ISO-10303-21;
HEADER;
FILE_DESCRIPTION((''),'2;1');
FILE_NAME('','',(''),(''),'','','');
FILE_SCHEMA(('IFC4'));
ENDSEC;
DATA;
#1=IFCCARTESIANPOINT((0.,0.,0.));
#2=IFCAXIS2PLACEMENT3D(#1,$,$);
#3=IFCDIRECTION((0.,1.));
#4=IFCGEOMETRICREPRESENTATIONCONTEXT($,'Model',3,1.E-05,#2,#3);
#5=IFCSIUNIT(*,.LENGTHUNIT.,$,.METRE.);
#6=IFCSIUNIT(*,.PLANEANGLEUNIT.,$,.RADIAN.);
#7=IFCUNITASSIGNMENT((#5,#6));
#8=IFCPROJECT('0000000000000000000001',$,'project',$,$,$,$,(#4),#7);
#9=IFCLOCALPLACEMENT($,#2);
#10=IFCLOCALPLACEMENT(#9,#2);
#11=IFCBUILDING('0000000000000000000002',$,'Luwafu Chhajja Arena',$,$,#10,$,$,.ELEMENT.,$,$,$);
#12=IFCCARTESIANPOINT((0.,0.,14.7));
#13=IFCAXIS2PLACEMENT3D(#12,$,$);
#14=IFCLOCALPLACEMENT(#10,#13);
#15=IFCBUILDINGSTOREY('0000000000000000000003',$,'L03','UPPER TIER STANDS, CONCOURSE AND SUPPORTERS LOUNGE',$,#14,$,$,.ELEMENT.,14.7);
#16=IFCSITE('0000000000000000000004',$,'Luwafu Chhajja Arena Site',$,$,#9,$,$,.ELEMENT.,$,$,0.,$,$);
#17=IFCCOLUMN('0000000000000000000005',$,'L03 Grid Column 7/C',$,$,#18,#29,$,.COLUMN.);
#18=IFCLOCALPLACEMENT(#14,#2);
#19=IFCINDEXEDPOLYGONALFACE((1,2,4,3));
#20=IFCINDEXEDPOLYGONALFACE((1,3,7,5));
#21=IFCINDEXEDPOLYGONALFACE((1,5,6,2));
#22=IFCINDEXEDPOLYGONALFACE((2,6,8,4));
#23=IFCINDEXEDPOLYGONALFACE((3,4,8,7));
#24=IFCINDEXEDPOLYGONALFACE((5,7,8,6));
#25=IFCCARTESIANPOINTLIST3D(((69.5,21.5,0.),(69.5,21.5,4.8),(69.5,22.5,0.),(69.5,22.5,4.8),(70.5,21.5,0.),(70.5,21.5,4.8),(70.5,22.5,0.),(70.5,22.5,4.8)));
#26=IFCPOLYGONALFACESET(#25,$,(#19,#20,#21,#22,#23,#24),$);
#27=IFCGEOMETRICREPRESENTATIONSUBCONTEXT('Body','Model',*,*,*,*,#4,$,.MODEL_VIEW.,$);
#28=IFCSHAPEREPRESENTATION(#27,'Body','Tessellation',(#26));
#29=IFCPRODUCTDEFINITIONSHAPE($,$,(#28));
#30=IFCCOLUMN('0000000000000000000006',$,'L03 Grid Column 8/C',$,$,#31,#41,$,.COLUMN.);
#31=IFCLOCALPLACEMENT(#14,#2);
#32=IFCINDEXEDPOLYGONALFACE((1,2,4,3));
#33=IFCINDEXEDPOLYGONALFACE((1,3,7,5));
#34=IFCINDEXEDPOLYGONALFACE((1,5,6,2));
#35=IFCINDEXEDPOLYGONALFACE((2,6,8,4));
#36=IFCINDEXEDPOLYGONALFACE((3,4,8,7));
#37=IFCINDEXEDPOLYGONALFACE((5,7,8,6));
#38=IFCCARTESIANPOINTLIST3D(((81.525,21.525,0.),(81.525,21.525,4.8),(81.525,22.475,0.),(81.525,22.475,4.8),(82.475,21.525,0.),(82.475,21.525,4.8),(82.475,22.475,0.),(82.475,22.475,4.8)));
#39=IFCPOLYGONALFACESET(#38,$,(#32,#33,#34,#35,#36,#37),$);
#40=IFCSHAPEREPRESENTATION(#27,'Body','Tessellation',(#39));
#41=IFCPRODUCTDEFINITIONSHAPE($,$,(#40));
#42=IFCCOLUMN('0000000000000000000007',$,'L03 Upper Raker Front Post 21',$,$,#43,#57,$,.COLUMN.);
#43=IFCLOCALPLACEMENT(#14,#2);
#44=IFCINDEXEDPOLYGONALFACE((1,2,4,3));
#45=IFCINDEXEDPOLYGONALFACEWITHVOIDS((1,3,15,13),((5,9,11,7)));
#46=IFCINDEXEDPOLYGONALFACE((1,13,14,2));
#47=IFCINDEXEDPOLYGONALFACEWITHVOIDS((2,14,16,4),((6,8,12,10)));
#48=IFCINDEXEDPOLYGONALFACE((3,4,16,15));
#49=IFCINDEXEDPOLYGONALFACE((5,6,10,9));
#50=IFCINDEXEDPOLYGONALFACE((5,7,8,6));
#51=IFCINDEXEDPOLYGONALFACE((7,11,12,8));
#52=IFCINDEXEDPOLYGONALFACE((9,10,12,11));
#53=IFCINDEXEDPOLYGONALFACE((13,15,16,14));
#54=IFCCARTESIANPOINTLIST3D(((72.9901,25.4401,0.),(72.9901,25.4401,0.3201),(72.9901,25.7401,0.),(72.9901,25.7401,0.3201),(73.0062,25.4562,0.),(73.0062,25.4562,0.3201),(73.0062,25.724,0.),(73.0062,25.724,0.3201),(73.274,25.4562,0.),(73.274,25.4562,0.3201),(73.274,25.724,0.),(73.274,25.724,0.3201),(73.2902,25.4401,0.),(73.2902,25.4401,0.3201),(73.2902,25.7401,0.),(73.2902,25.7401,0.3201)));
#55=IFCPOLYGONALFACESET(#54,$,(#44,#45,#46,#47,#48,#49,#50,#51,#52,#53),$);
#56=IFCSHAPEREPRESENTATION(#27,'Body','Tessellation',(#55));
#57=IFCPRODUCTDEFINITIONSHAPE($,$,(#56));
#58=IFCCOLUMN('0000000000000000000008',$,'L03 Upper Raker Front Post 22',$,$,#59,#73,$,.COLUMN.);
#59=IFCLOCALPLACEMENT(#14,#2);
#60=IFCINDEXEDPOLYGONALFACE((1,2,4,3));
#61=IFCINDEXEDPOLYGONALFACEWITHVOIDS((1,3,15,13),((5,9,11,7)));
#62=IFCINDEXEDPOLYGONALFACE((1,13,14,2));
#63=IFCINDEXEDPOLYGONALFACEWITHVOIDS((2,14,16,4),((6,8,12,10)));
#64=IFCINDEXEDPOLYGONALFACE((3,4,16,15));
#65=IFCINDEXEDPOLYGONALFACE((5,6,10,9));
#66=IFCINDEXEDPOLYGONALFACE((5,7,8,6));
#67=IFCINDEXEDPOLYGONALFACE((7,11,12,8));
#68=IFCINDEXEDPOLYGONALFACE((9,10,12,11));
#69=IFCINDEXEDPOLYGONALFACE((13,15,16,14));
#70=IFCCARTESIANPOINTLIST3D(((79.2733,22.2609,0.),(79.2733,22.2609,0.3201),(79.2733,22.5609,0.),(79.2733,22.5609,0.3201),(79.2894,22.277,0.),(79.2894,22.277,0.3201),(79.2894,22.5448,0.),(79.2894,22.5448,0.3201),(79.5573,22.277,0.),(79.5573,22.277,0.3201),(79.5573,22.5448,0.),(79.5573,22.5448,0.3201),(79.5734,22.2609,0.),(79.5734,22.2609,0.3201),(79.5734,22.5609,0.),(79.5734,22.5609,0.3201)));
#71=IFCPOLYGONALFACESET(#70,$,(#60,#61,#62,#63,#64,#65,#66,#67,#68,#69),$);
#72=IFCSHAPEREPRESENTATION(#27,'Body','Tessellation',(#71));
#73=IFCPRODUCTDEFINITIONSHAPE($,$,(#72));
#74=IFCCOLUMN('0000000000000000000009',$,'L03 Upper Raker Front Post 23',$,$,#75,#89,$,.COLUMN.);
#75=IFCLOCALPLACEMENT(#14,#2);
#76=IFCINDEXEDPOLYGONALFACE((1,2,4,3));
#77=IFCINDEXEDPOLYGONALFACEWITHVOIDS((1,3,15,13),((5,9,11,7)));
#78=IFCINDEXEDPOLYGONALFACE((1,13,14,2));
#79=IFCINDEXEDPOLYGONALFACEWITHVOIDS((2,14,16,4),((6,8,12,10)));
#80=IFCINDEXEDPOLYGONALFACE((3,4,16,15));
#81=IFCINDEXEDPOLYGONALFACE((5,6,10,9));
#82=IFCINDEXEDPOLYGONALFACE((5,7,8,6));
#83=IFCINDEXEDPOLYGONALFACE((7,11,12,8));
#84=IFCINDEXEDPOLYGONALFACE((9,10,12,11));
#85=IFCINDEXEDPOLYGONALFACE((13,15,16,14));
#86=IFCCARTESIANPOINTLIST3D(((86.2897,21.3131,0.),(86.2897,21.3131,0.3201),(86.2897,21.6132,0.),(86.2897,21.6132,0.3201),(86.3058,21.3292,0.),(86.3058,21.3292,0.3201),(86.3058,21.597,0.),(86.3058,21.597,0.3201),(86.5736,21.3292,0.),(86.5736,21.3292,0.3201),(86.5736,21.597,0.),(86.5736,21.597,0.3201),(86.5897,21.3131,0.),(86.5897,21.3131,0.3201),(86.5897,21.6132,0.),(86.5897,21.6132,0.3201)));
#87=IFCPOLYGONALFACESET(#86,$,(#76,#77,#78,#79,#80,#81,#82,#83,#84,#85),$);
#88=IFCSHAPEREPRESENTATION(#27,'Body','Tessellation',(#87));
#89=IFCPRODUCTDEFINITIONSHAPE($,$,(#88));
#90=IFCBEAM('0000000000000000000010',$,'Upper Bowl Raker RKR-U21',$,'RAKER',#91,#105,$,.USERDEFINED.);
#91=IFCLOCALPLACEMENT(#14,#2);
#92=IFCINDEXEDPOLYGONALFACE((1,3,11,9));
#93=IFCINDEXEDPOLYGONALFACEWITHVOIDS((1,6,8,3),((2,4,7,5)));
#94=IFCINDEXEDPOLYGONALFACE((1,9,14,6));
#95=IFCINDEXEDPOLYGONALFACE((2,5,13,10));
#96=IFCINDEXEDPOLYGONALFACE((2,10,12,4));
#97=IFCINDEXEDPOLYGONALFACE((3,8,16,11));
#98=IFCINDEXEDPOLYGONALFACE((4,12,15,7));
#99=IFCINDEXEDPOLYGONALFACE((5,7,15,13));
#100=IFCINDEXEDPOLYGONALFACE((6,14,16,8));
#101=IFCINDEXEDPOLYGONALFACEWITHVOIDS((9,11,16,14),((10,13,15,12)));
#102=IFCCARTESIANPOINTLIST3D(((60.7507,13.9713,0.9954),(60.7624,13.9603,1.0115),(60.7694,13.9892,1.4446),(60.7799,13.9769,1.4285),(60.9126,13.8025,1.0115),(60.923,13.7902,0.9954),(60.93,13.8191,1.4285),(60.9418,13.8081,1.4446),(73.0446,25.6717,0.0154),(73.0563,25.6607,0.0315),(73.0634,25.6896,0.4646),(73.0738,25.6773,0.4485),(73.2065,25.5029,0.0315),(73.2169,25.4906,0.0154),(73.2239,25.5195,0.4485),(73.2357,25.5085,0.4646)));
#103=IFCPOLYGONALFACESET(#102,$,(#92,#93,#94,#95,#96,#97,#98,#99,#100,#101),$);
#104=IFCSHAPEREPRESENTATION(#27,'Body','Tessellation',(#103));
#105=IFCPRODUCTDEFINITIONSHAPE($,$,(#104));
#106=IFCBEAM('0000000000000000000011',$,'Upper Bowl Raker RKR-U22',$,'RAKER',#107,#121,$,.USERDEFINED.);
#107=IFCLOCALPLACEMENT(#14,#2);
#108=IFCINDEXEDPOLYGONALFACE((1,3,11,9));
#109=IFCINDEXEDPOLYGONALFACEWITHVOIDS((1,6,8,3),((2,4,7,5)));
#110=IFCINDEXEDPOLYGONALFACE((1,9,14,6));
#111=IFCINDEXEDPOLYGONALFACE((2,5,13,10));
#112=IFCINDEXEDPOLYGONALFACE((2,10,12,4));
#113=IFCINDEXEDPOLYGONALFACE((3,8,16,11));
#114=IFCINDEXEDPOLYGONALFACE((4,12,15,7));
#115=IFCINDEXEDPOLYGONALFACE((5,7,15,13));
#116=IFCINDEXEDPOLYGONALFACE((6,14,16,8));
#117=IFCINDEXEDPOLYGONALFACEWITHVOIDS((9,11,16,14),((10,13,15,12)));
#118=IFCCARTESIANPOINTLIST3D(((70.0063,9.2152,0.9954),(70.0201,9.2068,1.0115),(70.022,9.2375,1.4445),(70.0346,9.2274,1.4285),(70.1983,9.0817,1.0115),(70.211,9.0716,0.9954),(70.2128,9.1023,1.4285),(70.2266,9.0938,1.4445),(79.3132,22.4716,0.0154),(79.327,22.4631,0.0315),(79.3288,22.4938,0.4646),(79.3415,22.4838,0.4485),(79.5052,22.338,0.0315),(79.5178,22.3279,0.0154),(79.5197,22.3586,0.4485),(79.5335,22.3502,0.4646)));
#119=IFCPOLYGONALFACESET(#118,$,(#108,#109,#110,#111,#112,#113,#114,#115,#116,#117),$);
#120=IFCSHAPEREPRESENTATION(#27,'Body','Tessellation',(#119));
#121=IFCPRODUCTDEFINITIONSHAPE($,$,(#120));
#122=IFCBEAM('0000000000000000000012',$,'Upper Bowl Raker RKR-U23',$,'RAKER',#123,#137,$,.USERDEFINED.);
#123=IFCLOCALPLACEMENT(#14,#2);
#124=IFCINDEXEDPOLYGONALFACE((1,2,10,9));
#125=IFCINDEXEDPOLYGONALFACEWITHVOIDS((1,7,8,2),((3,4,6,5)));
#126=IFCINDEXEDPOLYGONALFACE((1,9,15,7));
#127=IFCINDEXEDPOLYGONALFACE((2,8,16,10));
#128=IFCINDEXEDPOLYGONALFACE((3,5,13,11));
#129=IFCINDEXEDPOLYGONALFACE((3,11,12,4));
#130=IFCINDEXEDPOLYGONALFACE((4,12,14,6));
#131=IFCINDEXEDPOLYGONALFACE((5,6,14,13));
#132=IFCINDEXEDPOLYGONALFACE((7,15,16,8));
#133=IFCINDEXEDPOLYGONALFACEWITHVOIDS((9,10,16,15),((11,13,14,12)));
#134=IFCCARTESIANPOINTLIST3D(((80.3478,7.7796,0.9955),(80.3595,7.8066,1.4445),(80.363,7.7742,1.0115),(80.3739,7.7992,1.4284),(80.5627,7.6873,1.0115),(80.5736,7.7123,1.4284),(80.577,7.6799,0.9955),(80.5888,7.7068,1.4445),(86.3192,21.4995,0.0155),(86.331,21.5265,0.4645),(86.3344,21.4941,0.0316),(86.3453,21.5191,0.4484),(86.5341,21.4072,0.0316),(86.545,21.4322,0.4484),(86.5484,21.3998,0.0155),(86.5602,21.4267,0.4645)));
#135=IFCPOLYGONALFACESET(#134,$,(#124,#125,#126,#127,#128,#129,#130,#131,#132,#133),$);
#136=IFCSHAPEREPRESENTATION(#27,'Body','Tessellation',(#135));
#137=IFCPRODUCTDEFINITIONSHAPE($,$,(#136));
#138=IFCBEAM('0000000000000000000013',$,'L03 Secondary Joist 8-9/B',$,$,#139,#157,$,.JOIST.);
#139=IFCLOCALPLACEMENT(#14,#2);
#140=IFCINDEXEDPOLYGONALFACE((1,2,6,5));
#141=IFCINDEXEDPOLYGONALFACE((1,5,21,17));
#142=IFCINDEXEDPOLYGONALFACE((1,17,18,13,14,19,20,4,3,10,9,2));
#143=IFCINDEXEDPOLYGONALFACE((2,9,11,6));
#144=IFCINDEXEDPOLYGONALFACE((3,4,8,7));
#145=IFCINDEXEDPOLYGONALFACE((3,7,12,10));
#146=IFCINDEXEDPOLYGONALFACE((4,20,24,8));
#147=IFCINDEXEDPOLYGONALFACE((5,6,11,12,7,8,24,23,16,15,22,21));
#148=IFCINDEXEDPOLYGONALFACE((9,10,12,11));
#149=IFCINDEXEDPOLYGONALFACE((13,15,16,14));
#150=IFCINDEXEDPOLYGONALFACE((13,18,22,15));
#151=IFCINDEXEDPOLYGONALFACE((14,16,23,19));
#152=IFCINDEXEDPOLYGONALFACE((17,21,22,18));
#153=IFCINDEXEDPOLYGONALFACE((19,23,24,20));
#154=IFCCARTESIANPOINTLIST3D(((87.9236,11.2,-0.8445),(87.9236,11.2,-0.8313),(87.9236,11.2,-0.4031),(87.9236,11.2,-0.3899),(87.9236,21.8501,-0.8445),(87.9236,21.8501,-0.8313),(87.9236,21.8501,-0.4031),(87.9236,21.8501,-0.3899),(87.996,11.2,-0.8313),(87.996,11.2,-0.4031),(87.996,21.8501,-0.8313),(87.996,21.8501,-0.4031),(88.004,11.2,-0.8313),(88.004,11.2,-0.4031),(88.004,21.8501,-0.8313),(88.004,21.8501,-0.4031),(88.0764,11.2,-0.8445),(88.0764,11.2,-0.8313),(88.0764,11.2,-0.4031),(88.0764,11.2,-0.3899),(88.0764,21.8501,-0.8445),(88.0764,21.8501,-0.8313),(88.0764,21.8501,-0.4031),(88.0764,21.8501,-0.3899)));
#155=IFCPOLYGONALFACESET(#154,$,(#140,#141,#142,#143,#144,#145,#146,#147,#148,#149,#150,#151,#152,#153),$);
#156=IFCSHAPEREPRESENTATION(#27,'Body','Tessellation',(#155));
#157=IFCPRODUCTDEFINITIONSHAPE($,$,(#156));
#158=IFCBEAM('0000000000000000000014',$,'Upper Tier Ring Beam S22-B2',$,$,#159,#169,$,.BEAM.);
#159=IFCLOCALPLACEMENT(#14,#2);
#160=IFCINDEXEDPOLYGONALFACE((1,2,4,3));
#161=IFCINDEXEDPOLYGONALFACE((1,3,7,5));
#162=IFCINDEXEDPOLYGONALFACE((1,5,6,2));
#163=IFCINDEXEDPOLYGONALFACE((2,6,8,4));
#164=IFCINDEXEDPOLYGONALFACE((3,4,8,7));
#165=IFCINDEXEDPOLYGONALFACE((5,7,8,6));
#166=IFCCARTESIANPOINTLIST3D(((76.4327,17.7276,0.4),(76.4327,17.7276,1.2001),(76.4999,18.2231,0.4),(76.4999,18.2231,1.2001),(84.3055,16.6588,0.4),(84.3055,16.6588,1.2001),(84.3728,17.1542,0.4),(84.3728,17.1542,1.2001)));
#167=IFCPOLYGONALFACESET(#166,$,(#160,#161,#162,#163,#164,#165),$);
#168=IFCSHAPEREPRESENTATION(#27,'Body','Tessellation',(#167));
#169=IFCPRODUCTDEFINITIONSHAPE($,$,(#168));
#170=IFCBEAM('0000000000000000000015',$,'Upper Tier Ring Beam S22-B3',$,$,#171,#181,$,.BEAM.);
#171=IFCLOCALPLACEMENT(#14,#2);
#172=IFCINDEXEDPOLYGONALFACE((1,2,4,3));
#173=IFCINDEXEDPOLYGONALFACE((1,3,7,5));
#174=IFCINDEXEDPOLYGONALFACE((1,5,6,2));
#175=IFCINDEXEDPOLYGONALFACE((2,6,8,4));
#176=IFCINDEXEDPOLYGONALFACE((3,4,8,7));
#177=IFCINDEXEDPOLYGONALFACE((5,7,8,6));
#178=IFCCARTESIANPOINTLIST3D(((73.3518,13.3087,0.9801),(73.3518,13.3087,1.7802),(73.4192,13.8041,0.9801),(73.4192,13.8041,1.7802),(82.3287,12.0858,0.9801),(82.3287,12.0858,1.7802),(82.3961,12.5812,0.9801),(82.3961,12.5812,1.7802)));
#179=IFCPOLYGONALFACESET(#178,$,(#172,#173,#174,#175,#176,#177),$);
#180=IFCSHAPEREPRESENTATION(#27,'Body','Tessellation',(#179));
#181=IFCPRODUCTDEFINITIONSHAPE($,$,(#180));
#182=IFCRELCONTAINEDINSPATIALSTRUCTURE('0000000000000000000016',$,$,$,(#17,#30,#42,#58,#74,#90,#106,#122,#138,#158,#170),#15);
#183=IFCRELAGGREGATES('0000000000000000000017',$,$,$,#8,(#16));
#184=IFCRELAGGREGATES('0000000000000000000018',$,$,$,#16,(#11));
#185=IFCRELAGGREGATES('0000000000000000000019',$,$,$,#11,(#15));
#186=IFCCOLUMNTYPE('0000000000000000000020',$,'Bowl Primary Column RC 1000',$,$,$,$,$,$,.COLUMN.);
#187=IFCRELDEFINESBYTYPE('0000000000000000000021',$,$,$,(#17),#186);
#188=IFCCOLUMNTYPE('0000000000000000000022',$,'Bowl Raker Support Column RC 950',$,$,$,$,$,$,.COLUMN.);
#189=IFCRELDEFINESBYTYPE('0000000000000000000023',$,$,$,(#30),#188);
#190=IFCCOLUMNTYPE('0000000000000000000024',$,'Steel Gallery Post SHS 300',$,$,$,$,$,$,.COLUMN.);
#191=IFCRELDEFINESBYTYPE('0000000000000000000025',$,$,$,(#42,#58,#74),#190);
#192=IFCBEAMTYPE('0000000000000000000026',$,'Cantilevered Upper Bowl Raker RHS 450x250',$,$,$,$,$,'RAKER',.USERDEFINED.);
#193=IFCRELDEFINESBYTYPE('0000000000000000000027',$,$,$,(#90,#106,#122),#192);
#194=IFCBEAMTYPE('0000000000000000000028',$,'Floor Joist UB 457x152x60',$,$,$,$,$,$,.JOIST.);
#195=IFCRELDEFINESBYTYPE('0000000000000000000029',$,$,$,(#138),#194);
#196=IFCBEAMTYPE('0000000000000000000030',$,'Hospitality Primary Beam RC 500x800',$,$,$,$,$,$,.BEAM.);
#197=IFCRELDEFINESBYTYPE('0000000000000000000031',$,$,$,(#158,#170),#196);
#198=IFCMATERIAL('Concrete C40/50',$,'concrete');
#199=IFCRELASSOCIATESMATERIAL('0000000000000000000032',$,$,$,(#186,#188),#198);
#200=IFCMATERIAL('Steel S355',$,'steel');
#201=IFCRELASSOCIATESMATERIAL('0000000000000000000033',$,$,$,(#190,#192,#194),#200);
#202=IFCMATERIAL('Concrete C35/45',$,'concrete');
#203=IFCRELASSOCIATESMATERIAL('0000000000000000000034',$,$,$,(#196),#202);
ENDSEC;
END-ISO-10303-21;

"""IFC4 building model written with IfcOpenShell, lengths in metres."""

from ifc_helpers import new_model, si_unit, direction, frame, origin, origin_2d, place, context, subcontext, project, spatial, rectangle, hollow_rectangle, i_section, extrude, material, material_profile, profile_set, type_object, element, save


model = new_model("IFC4")

# Units and contexts
model_context = context("Model", 3, precision=1e-05, world=origin(), true_north=direction((0.0, 1.0)))
body_context = subcontext(model_context, "Body", "Model", "MODEL_VIEW")
ifc_project = project(units=[si_unit("LENGTHUNIT", "METRE"), si_unit("PLANEANGLEUNIT", "RADIAN")], contexts=[model_context])

# Site, building, storey
site_placement = place(None, origin())
site = spatial("IfcSite", under=ifc_project, at=site_placement, Name="Luwafu Chhajja Arena Site", CompositionType="ELEMENT", RefElevation=0.0)
building_placement = place(site_placement, origin())
building = spatial("IfcBuilding", under=site, at=building_placement, Name="Luwafu Chhajja Arena", CompositionType="ELEMENT")
storey_placement = place(building_placement, frame((0.0, 0.0, 14.7)))
storey = spatial("IfcBuildingStorey", under=building, at=storey_placement, Name="L03", Description="UPPER TIER STANDS, CONCOURSE AND SUPPORTERS LOUNGE", CompositionType="ELEMENT", Elevation=14.7)

# Columns
ifc_material_1 = material(Name="Concrete C40/50", Category="concrete")
ifc_material_profile_1 = material_profile(ifc_material_1, rectangle(XDim=1.0, YDim=1.0, at=origin_2d()), Name="RC 1000x1000")
ifc_profile_set_1 = profile_set([ifc_material_profile_1], Name="Concrete C40/50")
column_type_1 = type_object("IfcColumnType", Name="Bowl Primary Column RC 1000", PredefinedType="COLUMN", material=ifc_profile_set_1)
column_1_placement = place(storey_placement, frame((70.0, 22.0, 0.0), z_axis=(0.0, 0.0, 1.0), x_axis=(1.0, 0.0, 0.0)))
element("IfcColumn", 1, at=column_1_placement, inside=storey, type_object=column_type_1, Name="L03 Grid Column 7/C", PredefinedType="COLUMN", context=body_context, shape_type="SweptSolid", body=[
    extrude(rectangle(XDim=1.0, YDim=1.0, at=origin_2d()), origin(), (0.0, 0.0, 1.0), 4.8),
])
ifc_material_profile_2 = material_profile(ifc_material_1, rectangle(XDim=0.95, YDim=0.95, at=origin_2d()), Name="RC 950x950")
ifc_profile_set_2 = profile_set([ifc_material_profile_2], Name="Concrete C40/50")
column_type_2 = type_object("IfcColumnType", Name="Bowl Raker Support Column RC 950", PredefinedType="COLUMN", material=ifc_profile_set_2)
column_2_placement = place(storey_placement, frame((82.0, 22.0, 0.0), z_axis=(0.0, 0.0, 1.0), x_axis=(1.0, 0.0, 0.0)))
element("IfcColumn", 2, at=column_2_placement, inside=storey, type_object=column_type_2, Name="L03 Grid Column 8/C", PredefinedType="COLUMN", context=body_context, shape_type="SweptSolid", body=[
    extrude(rectangle(XDim=0.95, YDim=0.95, at=origin_2d()), origin(), (0.0, 0.0, 1.0), 4.8),
])
ifc_material_2 = material(Name="Steel S355", Category="steel")
ifc_material_profile_3 = material_profile(ifc_material_2, hollow_rectangle(XDim=0.3, YDim=0.3, WallThickness=0.0161, at=origin_2d()), Name="SHS 300x300x16")
ifc_profile_set_3 = profile_set([ifc_material_profile_3], Name="Steel S355")
column_type_3 = type_object("IfcColumnType", Name="Steel Gallery Post SHS 300", PredefinedType="COLUMN", material=ifc_profile_set_3)
for number, where, z_axis, x_axis, name in (
    (3, (73.1401, 25.5901, 0.0), (0.0, 0.0, 1.0), (1.0, 0.0, 0.0), "L03 Upper Raker Front Post 21"),
    (4, (79.4233, 22.4109, 0.0), (0.0, 0.0, 1.0), (1.0, 0.0, 0.0), "L03 Upper Raker Front Post 22"),
    (5, (86.4397, 21.4631, 0.0), (0.0, 0.0, 1.0), (1.0, 0.0, 0.0), "L03 Upper Raker Front Post 23"),
):
    element("IfcColumn", number, at=place(storey_placement, frame(where, z_axis=z_axis, x_axis=x_axis)), inside=storey, type_object=column_type_3, Name=name, PredefinedType="COLUMN", context=body_context, shape_type="SweptSolid", body=[
        extrude(hollow_rectangle(XDim=0.3, YDim=0.3, WallThickness=0.0161, at=origin_2d()), origin(), (0.0, 0.0, 1.0), 0.3201),
    ])

# Beams
ifc_material_profile_4 = material_profile(ifc_material_2, hollow_rectangle(XDim=0.25, YDim=0.45, WallThickness=0.0161, at=origin_2d()), Name="RHS 450x250x16")
ifc_profile_set_4 = profile_set([ifc_material_profile_4], Name="Steel S355")
beam_type_1 = type_object("IfcBeamType", Name="Cantilevered Upper Bowl Raker RHS 450x250", ElementType="RAKER", PredefinedType="USERDEFINED", material=ifc_profile_set_4)
beam_1_placement = place(storey_placement, frame((73.1401, 25.5901, 0.24), z_axis=(-0.723171, -0.688259, 0.057646), x_axis=(0.689405, -0.724376, 0.0)))
element("IfcBeam", 6, at=beam_1_placement, inside=storey, type_object=beam_type_1, Name="Upper Bowl Raker RKR-U21", ObjectType="RAKER", PredefinedType="USERDEFINED", context=body_context, shape_type="SweptSolid", body=[
    extrude(hollow_rectangle(XDim=0.25, YDim=0.45, WallThickness=0.0161, at=origin_2d()), origin(), (0.0, 0.0, 1.0), 17.0),
])
beam_2_placement = place(storey_placement, frame((79.4233, 22.4109, 0.24), z_axis=(-0.57355, -0.816941, 0.060393), x_axis=(0.818435, -0.574599, 0.0)))
element("IfcBeam", 7, at=beam_2_placement, inside=storey, type_object=beam_type_1, Name="Upper Bowl Raker RKR-U22", ObjectType="RAKER", PredefinedType="USERDEFINED", context=body_context, shape_type="SweptSolid", body=[
    extrude(hollow_rectangle(XDim=0.25, YDim=0.45, WallThickness=0.0161, at=origin_2d()), origin(), (0.0, 0.0, 1.0), 16.2268),
])
beam_3_placement = place(storey_placement, frame((86.4397, 21.4631, 0.24), z_axis=(-0.398223, -0.914958, 0.065353), x_axis=(0.916918, -0.399076, 0.0)))
element("IfcBeam", 8, at=beam_3_placement, inside=storey, type_object=beam_type_1, Name="Upper Bowl Raker RKR-U23", ObjectType="RAKER", PredefinedType="USERDEFINED", context=body_context, shape_type="SweptSolid", body=[
    extrude(hollow_rectangle(XDim=0.25, YDim=0.45, WallThickness=0.0161, at=origin_2d()), origin(), (0.0, 0.0, 1.0), 14.9951),
])
ifc_material_profile_5 = material_profile(ifc_material_2, i_section(OverallWidth=0.1528, OverallDepth=0.4546, WebThickness=0.0081, FlangeThickness=0.0132, at=origin_2d()), Name="UB 457x152x60")
ifc_profile_set_5 = profile_set([ifc_material_profile_5], Name="Steel S355")
beam_type_2 = type_object("IfcBeamType", Name="Floor Joist UB 457x152x60", PredefinedType="JOIST", material=ifc_profile_set_5)
beam_4_placement = place(storey_placement, frame((88.0, 11.2, -0.6172), z_axis=(0.0, 1.0, 0.0), x_axis=(-1.0, 0.0, 0.0)))
element("IfcBeam", 9, at=beam_4_placement, inside=storey, type_object=beam_type_2, Name="L03 Secondary Joist 8-9/B", PredefinedType="JOIST", context=body_context, shape_type="SweptSolid", body=[
    extrude(i_section(OverallWidth=0.1528, OverallDepth=0.4546, WebThickness=0.0081, FlangeThickness=0.0132, at=origin_2d()), origin(), (0.0, 0.0, 1.0), 10.6501),
])
ifc_material_3 = material(Name="Concrete C35/45", Category="concrete")
ifc_material_profile_6 = material_profile(ifc_material_3, rectangle(XDim=0.5, YDim=0.8, at=origin_2d()), Name="RC 500x800")
ifc_profile_set_6 = profile_set([ifc_material_profile_6], Name="Concrete C35/45")
beam_type_3 = type_object("IfcBeamType", Name="Hospitality Primary Beam RC 500x800", PredefinedType="BEAM", material=ifc_profile_set_6)
beam_5_placement = place(storey_placement, frame((76.4663, 17.9753, 0.8), z_axis=(0.990909, -0.13453, 0.0), x_axis=(0.13453, 0.990909, 0.0)))
element("IfcBeam", 10, at=beam_5_placement, inside=storey, type_object=beam_type_3, Name="Upper Tier Ring Beam S22-B2", PredefinedType="BEAM", context=body_context, shape_type="SweptSolid", body=[
    extrude(rectangle(XDim=0.5, YDim=0.8, at=origin_2d()), origin(), (0.0, 0.0, 1.0), 7.9451),
])
beam_6_placement = place(storey_placement, frame((73.3855, 13.5564, 1.3801), z_axis=(0.990848, -0.134982, 0.0), x_axis=(0.134982, 0.990848, 0.0)))
element("IfcBeam", 11, at=beam_6_placement, inside=storey, type_object=beam_type_3, Name="Upper Tier Ring Beam S22-B3", PredefinedType="BEAM", context=body_context, shape_type="SweptSolid", body=[
    extrude(rectangle(XDim=0.5, YDim=0.8, at=origin_2d()), origin(), (0.0, 0.0, 1.0), 9.0598),
])

save(model, "model.ifc")
